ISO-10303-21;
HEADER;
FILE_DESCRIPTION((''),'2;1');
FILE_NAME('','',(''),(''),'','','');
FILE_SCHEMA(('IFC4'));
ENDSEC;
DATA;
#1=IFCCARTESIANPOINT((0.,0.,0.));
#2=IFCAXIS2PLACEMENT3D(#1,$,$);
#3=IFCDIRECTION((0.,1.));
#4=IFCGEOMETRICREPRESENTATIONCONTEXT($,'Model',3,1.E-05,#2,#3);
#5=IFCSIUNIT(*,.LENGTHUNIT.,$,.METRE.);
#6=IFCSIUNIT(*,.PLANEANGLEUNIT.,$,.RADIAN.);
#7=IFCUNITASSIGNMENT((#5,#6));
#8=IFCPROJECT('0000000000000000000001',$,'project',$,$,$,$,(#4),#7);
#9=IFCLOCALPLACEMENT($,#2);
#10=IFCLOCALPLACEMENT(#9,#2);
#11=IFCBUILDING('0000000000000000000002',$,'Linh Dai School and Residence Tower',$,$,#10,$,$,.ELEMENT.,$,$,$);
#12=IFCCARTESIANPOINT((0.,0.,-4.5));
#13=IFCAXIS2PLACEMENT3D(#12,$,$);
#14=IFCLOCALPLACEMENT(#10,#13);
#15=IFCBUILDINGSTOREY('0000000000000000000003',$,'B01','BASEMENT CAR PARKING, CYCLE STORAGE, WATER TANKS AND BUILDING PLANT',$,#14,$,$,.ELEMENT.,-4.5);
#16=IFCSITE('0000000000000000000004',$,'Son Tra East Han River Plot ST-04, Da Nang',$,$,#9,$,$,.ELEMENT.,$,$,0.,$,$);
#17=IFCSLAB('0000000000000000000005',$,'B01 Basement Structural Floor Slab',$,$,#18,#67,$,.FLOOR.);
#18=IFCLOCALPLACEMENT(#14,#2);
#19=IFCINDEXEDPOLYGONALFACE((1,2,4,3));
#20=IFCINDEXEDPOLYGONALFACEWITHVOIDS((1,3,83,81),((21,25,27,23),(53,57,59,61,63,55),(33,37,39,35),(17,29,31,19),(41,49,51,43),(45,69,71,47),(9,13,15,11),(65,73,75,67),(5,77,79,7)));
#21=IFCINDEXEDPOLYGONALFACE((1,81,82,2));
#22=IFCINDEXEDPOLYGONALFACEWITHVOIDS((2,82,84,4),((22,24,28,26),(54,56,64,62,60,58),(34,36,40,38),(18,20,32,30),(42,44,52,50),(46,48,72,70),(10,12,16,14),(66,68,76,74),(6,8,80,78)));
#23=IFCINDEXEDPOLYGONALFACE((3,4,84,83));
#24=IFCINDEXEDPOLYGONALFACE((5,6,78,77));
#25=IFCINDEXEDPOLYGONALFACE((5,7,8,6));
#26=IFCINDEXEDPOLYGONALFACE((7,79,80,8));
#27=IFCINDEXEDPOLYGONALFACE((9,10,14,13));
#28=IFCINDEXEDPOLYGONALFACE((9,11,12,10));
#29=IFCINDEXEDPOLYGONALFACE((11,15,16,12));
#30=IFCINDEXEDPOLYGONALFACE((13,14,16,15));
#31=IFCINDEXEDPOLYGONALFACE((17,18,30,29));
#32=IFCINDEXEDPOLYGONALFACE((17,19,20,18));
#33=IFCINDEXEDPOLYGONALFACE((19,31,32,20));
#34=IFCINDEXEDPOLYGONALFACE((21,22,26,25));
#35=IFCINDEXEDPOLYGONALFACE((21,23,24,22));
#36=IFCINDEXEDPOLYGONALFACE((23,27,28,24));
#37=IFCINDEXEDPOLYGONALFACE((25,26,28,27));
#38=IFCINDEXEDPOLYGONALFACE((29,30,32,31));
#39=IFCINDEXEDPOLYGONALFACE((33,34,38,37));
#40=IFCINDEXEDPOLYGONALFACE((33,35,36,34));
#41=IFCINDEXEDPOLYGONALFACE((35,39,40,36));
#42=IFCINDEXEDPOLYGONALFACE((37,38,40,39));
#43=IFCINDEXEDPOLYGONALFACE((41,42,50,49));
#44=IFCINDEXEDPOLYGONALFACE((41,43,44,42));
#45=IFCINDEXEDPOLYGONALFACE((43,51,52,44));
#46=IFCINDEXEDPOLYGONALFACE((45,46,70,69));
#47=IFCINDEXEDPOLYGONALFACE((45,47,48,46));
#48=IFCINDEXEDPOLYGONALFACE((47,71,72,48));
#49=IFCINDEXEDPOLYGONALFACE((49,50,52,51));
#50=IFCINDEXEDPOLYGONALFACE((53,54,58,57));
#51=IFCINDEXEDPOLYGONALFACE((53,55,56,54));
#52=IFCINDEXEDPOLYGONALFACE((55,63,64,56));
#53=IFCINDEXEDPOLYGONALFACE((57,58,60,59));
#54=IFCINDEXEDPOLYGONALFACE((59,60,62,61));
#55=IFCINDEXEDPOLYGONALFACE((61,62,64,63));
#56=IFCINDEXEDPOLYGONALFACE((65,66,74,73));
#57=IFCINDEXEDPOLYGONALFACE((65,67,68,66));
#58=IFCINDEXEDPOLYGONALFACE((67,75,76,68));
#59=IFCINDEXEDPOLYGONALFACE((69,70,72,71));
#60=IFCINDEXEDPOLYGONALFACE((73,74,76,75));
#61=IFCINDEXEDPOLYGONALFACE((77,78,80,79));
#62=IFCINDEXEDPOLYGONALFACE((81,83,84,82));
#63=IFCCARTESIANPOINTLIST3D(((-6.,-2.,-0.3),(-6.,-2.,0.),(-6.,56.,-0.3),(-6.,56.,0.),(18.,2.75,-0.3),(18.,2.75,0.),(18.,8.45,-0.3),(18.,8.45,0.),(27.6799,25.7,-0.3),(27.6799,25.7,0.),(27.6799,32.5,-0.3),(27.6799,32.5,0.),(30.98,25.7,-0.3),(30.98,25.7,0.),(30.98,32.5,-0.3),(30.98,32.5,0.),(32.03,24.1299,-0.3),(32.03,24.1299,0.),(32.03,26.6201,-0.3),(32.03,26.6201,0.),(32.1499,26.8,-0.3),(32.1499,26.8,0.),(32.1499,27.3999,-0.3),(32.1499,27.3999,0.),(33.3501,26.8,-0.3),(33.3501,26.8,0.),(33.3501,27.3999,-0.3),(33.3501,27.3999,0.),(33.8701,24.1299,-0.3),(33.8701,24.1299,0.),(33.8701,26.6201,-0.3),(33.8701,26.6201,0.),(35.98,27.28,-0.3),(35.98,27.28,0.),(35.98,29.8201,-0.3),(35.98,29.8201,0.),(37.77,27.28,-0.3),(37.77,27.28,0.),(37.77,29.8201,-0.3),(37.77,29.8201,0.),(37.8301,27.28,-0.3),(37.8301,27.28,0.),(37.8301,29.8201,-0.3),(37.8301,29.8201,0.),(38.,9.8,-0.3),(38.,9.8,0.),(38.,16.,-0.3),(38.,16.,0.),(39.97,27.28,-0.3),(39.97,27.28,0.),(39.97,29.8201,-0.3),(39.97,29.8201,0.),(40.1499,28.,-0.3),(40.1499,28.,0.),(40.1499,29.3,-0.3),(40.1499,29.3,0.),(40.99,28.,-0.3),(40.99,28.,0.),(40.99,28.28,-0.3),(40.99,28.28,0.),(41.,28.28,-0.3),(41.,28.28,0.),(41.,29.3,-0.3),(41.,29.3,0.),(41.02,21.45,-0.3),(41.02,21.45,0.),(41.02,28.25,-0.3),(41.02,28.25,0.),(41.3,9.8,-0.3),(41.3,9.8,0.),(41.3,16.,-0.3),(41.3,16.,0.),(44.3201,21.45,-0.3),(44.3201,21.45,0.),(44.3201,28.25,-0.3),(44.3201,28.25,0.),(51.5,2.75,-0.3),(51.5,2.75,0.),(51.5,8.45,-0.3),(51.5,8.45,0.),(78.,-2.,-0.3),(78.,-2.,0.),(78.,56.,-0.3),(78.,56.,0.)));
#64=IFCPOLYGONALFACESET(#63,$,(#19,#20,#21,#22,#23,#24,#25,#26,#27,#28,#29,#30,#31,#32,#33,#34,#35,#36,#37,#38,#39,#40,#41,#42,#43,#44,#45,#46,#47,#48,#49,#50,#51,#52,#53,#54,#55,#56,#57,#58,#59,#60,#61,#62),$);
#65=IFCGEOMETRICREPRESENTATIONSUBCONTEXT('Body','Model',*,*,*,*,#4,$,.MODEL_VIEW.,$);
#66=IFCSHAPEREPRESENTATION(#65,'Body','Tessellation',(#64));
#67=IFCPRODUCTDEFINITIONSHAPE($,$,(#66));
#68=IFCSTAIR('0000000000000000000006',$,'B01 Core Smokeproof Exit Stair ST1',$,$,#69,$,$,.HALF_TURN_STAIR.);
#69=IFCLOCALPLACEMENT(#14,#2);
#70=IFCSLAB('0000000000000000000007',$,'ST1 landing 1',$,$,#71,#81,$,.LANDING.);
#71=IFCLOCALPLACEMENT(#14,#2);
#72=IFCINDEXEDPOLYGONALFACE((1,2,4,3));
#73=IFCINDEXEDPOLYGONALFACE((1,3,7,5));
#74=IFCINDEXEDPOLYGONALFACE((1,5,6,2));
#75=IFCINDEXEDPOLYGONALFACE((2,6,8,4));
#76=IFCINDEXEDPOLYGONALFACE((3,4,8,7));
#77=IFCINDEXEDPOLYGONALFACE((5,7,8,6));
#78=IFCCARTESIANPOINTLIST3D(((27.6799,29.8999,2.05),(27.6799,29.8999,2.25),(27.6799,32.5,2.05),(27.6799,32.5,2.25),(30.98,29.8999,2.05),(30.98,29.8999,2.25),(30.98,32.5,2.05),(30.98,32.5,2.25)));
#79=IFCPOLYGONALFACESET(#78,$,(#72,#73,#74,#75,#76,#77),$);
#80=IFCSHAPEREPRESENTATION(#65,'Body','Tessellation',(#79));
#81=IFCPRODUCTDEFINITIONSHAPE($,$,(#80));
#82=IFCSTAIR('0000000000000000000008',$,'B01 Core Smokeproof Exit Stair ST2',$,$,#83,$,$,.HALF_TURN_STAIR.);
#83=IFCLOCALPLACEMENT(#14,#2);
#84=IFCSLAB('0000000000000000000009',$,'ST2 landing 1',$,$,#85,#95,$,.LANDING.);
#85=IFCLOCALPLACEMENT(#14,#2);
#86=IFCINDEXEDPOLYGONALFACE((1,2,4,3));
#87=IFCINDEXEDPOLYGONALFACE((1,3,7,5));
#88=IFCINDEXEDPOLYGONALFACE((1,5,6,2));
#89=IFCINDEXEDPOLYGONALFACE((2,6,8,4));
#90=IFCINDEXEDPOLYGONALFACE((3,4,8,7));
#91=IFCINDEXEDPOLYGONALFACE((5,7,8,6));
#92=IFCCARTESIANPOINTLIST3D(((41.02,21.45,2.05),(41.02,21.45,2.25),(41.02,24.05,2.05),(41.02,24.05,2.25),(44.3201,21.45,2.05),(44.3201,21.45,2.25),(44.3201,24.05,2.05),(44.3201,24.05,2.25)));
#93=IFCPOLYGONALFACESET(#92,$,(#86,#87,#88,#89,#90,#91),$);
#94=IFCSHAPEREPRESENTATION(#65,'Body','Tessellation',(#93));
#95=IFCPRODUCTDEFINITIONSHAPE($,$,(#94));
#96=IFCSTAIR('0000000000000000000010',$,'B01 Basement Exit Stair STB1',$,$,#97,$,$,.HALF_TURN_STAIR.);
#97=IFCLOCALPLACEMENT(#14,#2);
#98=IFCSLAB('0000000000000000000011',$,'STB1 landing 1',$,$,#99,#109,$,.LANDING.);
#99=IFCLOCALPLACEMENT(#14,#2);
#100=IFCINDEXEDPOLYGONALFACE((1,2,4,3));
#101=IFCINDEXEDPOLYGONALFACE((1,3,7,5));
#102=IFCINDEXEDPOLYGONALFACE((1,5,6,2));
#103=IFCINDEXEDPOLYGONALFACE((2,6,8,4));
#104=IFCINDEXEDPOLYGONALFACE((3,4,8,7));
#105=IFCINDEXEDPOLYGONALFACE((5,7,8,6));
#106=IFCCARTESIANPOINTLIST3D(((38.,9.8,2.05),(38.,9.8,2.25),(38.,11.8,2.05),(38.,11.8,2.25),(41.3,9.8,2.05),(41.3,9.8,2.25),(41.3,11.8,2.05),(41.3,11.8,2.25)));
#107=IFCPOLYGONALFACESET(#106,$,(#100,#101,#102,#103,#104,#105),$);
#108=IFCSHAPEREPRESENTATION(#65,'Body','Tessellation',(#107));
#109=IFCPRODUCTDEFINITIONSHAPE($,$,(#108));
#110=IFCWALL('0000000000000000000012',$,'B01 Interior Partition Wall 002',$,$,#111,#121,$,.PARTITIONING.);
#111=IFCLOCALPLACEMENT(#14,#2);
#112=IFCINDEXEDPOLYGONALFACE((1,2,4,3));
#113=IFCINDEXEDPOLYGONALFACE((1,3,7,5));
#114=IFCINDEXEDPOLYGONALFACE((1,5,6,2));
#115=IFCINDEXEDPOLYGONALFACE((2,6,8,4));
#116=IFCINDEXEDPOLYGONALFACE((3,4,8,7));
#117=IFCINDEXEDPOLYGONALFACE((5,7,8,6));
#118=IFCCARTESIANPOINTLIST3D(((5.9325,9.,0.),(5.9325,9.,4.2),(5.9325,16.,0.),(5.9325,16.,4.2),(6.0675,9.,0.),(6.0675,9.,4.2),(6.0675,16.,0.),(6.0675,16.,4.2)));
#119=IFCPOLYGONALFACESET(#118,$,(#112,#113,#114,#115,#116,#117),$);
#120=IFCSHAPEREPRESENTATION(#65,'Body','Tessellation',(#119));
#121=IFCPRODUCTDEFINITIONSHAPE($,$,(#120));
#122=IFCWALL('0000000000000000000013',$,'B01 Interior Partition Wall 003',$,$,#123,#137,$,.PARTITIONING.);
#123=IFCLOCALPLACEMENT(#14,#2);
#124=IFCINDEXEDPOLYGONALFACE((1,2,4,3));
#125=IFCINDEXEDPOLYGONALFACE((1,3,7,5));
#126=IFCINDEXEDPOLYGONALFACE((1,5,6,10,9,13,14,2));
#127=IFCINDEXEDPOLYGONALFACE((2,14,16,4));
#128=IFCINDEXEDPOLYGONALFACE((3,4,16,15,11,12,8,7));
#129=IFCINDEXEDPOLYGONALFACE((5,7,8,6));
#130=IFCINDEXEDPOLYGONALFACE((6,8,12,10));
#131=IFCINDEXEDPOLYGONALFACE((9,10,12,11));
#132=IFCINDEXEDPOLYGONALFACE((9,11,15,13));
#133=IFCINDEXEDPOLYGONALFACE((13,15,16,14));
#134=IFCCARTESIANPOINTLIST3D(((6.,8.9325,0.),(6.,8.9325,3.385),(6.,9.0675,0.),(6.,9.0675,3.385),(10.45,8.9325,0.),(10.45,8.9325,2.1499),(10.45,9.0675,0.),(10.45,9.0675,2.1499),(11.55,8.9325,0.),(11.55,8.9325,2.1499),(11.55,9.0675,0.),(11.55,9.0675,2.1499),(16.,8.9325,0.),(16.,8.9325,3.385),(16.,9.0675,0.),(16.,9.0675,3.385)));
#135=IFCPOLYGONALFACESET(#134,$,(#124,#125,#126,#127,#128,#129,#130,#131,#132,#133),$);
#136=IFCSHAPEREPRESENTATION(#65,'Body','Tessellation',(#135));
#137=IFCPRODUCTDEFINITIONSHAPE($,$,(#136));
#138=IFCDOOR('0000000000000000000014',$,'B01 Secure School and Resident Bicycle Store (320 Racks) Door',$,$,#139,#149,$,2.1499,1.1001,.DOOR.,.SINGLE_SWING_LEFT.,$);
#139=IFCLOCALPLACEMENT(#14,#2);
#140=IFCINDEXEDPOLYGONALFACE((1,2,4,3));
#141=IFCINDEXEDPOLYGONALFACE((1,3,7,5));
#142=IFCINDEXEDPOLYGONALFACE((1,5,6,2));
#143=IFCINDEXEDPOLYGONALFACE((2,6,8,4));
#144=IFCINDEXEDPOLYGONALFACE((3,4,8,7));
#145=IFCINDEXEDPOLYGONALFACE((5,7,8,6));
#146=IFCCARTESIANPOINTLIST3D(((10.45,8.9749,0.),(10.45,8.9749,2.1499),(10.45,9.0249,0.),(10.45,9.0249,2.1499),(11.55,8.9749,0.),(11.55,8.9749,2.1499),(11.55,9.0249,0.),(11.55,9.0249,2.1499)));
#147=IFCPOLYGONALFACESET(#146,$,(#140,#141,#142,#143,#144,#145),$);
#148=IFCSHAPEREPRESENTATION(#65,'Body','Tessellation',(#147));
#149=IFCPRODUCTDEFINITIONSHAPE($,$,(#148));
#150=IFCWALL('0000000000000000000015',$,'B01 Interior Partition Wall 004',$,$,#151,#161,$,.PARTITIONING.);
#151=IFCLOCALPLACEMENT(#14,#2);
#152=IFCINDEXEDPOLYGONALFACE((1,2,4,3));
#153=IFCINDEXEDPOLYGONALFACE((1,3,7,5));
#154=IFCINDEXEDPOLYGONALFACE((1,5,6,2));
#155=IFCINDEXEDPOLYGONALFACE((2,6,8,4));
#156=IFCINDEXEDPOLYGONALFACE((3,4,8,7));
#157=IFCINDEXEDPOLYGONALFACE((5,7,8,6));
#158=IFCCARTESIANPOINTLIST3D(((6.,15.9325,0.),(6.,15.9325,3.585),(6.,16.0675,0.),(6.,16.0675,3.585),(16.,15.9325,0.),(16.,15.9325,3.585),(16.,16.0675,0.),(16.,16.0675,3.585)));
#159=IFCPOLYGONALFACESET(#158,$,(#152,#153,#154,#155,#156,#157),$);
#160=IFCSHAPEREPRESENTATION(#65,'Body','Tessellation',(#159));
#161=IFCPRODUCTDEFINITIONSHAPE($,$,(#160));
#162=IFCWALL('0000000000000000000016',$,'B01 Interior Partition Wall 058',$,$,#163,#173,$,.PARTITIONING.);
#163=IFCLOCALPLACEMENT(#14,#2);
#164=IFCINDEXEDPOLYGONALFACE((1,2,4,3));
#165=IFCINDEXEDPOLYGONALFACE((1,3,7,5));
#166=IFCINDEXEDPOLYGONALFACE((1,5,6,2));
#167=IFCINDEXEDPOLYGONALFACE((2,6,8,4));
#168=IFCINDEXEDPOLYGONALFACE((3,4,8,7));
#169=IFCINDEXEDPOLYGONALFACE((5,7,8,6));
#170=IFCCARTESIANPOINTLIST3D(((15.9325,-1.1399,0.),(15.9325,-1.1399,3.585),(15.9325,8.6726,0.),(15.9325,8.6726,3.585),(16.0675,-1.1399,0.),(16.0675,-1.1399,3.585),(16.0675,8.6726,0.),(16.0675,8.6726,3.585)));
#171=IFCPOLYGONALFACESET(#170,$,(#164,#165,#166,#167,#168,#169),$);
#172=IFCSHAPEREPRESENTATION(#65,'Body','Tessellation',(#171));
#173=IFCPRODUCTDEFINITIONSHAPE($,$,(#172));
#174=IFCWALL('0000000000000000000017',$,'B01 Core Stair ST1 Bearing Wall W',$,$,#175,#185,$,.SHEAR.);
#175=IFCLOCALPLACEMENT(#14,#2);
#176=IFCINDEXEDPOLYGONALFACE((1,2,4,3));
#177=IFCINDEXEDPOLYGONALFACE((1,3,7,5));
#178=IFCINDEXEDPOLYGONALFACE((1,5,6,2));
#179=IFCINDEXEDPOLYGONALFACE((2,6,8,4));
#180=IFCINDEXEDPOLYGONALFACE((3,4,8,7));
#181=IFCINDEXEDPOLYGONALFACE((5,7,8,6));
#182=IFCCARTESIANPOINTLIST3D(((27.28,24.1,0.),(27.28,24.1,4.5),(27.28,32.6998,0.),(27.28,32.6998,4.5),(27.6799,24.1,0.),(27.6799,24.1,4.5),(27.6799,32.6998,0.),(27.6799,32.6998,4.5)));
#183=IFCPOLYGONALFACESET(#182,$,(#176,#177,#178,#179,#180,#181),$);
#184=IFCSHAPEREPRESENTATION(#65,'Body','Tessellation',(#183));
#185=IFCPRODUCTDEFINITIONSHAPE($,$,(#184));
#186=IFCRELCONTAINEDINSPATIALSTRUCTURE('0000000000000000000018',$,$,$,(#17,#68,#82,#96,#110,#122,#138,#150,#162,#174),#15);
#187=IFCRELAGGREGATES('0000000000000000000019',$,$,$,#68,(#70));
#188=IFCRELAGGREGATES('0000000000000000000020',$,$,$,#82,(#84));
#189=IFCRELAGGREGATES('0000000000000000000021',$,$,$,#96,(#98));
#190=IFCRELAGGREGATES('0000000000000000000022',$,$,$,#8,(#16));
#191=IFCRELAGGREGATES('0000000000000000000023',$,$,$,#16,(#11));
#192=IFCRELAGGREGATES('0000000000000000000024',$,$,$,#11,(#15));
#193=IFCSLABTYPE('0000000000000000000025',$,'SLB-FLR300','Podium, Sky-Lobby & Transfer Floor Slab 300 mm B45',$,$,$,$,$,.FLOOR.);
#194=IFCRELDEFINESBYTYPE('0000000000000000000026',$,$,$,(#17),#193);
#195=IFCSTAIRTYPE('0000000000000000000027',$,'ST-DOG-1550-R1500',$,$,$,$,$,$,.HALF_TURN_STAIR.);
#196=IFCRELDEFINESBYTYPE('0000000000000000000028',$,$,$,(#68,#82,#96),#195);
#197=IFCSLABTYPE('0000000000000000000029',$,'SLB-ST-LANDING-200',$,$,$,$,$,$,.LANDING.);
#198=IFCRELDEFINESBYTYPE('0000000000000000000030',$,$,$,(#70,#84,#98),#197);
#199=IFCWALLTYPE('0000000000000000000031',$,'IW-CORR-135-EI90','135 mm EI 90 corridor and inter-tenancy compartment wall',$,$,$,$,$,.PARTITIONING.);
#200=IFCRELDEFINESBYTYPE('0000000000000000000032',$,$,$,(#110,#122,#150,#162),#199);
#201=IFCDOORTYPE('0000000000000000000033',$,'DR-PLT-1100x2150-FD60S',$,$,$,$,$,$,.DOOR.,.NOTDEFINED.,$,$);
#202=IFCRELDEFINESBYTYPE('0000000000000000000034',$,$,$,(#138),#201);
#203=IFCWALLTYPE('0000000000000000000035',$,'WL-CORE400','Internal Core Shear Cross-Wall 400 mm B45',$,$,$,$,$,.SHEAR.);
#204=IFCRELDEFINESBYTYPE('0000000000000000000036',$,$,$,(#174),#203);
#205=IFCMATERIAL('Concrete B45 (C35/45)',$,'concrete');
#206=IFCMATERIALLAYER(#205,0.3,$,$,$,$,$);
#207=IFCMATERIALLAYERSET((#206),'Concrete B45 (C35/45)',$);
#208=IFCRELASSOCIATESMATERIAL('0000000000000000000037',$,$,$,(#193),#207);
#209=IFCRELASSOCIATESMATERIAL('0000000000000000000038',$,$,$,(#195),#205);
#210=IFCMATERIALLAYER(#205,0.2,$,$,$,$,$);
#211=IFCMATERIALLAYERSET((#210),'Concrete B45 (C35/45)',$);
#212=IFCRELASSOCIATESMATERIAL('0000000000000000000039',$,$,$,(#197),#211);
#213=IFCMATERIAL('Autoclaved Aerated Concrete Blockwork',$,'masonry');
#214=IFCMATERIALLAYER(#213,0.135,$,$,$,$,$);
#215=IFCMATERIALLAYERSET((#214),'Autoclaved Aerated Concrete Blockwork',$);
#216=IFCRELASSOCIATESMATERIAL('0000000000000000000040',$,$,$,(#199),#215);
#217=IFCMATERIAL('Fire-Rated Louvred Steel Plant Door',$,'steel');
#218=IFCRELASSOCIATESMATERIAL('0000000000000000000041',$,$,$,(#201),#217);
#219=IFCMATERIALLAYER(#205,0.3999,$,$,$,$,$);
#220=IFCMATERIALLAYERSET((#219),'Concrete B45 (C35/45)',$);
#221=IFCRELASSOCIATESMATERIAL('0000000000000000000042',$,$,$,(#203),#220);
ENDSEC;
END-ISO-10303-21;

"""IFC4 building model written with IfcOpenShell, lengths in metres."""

from ifc_helpers import new_model, si_unit, direction, frame, frame_2d, origin, origin_2d, place, context, subcontext, project, spatial, polyline, rectangle, outline, extrude, source, transform, mapped, material, layer, layer_set, type_object, element, fill, aggregate, save


model = new_model("IFC4")

# Units and contexts
model_context = context("Model", 3, precision=1e-05, world=origin(), true_north=direction((0.0, 1.0)))
body_context = subcontext(model_context, "Body", "Model", "MODEL_VIEW")
ifc_project = project(units=[si_unit("LENGTHUNIT", "METRE"), si_unit("PLANEANGLEUNIT", "RADIAN")], contexts=[model_context])

# Site, building, storey
site_placement = place(None, origin())
site = spatial("IfcSite", under=ifc_project, at=site_placement, Name="Son Tra East Han River Plot ST-04, Da Nang", CompositionType="ELEMENT", RefElevation=0.0)
building_placement = place(site_placement, origin())
building = spatial("IfcBuilding", under=site, at=building_placement, Name="Linh Dai School and Residence Tower", CompositionType="ELEMENT")
storey_placement = place(building_placement, frame((0.0, 0.0, -4.5)))
storey = spatial("IfcBuildingStorey", under=building, at=storey_placement, Name="B01", Description="BASEMENT CAR PARKING, CYCLE STORAGE, WATER TANKS AND BUILDING PLANT", CompositionType="ELEMENT", Elevation=-4.5)

# Slab
ifc_material_1 = material(Name="Concrete B45 (C35/45)", Category="concrete")
ifc_layer_1 = layer(ifc_material_1, 0.3)
ifc_layer_set_1 = layer_set([ifc_layer_1], Name="Concrete B45 (C35/45)")
slab_type_1 = type_object("IfcSlabType", Name="SLB-FLR300", Description="Podium, Sky-Lobby & Transfer Floor Slab 300 mm B45", PredefinedType="FLOOR", material=ifc_layer_set_1)
slab_1_placement = place(storey_placement, frame((0.0, 0.0, -0.3)))
element("IfcSlab", 1, at=slab_1_placement, inside=storey, type_object=slab_type_1, Name="B01 Basement Structural Floor Slab", PredefinedType="FLOOR", context=body_context, shape_type="SweptSolid", body=[
    extrude(outline(polyline([(-6.0, -2.0), (78.0, -2.0), (78.0, 56.0), (-6.0, 56.0), (-6.0, -2.0)]), holes=[polyline([(30.98, 25.7), (30.98, 32.5), (27.6799, 32.5), (27.6799, 25.7), (30.98, 25.7)]), polyline([(41.02, 28.25), (41.02, 21.45), (44.3201, 21.45), (44.3201, 28.25), (41.02, 28.25)]), polyline([(38.0, 16.0), (38.0, 9.8), (41.3, 9.8), (41.3, 16.0), (38.0, 16.0)]), polyline([(35.98, 27.28), (37.77, 27.28), (37.77, 29.8201), (35.98, 29.8201), (35.98, 27.28)]), polyline([(32.03, 24.1299), (33.8701, 24.1299), (33.8701, 26.6201), (32.03, 26.6201), (32.03, 24.1299)]), polyline([(37.8301, 27.28), (39.97, 27.28), (39.97, 29.8201), (37.8301, 29.8201), (37.8301, 27.28)]), polyline([(40.1499, 28.0), (40.1499, 29.3), (41.0, 29.3), (41.0, 28.28), (40.99, 28.28), (40.99, 28.0), (40.1499, 28.0)]), polyline([(32.1499, 26.8), (33.3501, 26.8), (33.3501, 27.3999), (32.1499, 27.3999), (32.1499, 26.8)]), polyline([(18.0, 2.75), (51.5, 2.75), (51.5, 8.45), (18.0, 8.45), (18.0, 2.75)])]), origin(), (0.0, 0.0, 1.0), 0.3),
])

# Stairs, slabs
stair_type = type_object("IfcStairType", Name="ST-DOG-1550-R1500", PredefinedType="HALF_TURN_STAIR", material=ifc_material_1)
stair_1_placement = place(storey_placement, origin())
stair_1 = element("IfcStair", 2, at=stair_1_placement, inside=storey, type_object=stair_type, Name="B01 Core Smokeproof Exit Stair ST1", PredefinedType="HALF_TURN_STAIR")
ifc_layer_2 = layer(ifc_material_1, 0.2)
ifc_layer_set_2 = layer_set([ifc_layer_2], Name="Concrete B45 (C35/45)")
slab_type_2 = type_object("IfcSlabType", Name="SLB-ST-LANDING-200", PredefinedType="LANDING", material=ifc_layer_set_2)
slab_2_placement = place(storey_placement, frame((0.0, 0.0, 2.05)))
slab_2 = element("IfcSlab", 3, at=slab_2_placement, type_object=slab_type_2, Name="ST1 landing 1", PredefinedType="LANDING", context=body_context, shape_type="SweptSolid", body=[
    extrude(outline(polyline([(30.98, 29.8999), (30.98, 32.5), (27.6799, 32.5), (27.6799, 29.8999), (30.98, 29.8999)])), origin(), (0.0, 0.0, 1.0), 0.2),
])
aggregate(stair_1, [slab_2])
stair_2_placement = place(storey_placement, origin())
stair_2 = element("IfcStair", 4, at=stair_2_placement, inside=storey, type_object=stair_type, Name="B01 Core Smokeproof Exit Stair ST2", PredefinedType="HALF_TURN_STAIR")
slab_3_placement = place(storey_placement, frame((0.0, 0.0, 2.05)))
slab_3 = element("IfcSlab", 5, at=slab_3_placement, type_object=slab_type_2, Name="ST2 landing 1", PredefinedType="LANDING", context=body_context, shape_type="SweptSolid", body=[
    extrude(outline(polyline([(41.02, 24.05), (41.02, 21.45), (44.3201, 21.45), (44.3201, 24.05), (41.02, 24.05)])), origin(), (0.0, 0.0, 1.0), 0.2),
])
aggregate(stair_2, [slab_3])
stair_3_placement = place(storey_placement, origin())
stair_3 = element("IfcStair", 6, at=stair_3_placement, inside=storey, type_object=stair_type, Name="B01 Basement Exit Stair STB1", PredefinedType="HALF_TURN_STAIR")
slab_4_placement = place(storey_placement, frame((0.0, 0.0, 2.05)))
slab_4 = element("IfcSlab", 7, at=slab_4_placement, type_object=slab_type_2, Name="STB1 landing 1", PredefinedType="LANDING", context=body_context, shape_type="SweptSolid", body=[
    extrude(outline(polyline([(38.0, 11.8), (38.0, 9.8), (41.3, 9.8), (41.3, 11.8), (38.0, 11.8)])), origin(), (0.0, 0.0, 1.0), 0.2),
])
aggregate(stair_3, [slab_4])

# Wall
ifc_material_2 = material(Name="Autoclaved Aerated Concrete Blockwork", Category="masonry")
ifc_layer_3 = layer(ifc_material_2, 0.135)
ifc_layer_set_3 = layer_set([ifc_layer_3], Name="Autoclaved Aerated Concrete Blockwork")
wall_type_1 = type_object("IfcWallType", Name="IW-CORR-135-EI90", Description="135 mm EI 90 corridor and inter-tenancy compartment wall", PredefinedType="PARTITIONING", material=ifc_layer_set_3)
wall_1_placement = place(storey_placement, frame((6.0, 9.0, 0.0), z_axis=(0.0, 0.0, 1.0), x_axis=(0.0, 1.0, 0.0)))
element("IfcWall", 8, at=wall_1_placement, inside=storey, type_object=wall_type_1, Name="B01 Interior Partition Wall 002", PredefinedType="PARTITIONING", context=body_context, shape_type="SweptSolid", body=[
    extrude(rectangle(XDim=7.0, YDim=0.135, at=frame_2d((3.5, 0.0))), origin(), (0.0, 0.0, 1.0), 4.2),
])

# Wall, opening, door
wall_2_placement = place(storey_placement, frame((6.0, 9.0, 0.0), z_axis=(0.0, 0.0, 1.0), x_axis=(1.0, 0.0, 0.0)))
wall_2 = element("IfcWall", 9, at=wall_2_placement, inside=storey, type_object=wall_type_1, Name="B01 Interior Partition Wall 003", PredefinedType="PARTITIONING", context=body_context, shape_type="SweptSolid", body=[
    extrude(rectangle(XDim=10.0, YDim=0.135, at=frame_2d((5.0, 0.0))), origin(), (0.0, 0.0, 1.0), 3.385),
])
opening_1_placement = place(wall_2_placement, frame((4.45, 0.0, 0.0)))
opening_1 = element("IfcOpeningElement", 10, at=opening_1_placement, cuts=wall_2, PredefinedType="OPENING", context=body_context, shape_type="SweptSolid", body=[
    extrude(rectangle(XDim=1.1001, YDim=2.1499, at=origin_2d()), frame((0.55, 0.0776, 1.075), z_axis=(0.0, -1.0, 0.0), x_axis=(1.0, 0.0, 0.0)), (0.0, 0.0, 1.0), 0.155),
])
ifc_material_3 = material(Name="Fire-Rated Louvred Steel Plant Door", Category="steel")
door_type_1 = type_object("IfcDoorType", Name="DR-PLT-1100x2150-FD60S", OperationType="NOTDEFINED", PredefinedType="DOOR", material=ifc_material_3)
shared_shape_1 = source(origin(), body_context, "Body", "SweptSolid", [
    extrude(rectangle(XDim=1.1001, YDim=2.1499, at=origin_2d()), frame((0.55, 0.0249, 1.075), z_axis=(0.0, -1.0, 0.0), x_axis=(1.0, 0.0, 0.0)), (0.0, 0.0, 1.0), 0.05),
])
door_1_placement = place(opening_1_placement, origin())
door_1 = element("IfcDoor", 11, at=door_1_placement, inside=storey, type_object=door_type_1, Name="B01 Secure School and Resident Bicycle Store (320 Racks) Door", OperationType="SINGLE_SWING_LEFT", OverallHeight=2.1499, OverallWidth=1.1001, PredefinedType="DOOR", context=body_context, shape_type="MappedRepresentation", body=[
    mapped(shared_shape_1, transform((0.0, 0.0, 0.0), x_axis=(1.0, 0.0, 0.0), y_axis=(0.0, 1.0, 0.0), z_axis=(0.0, 0.0, 1.0), scale=1.0)),
])
fill(opening_1, door_1)

# Walls
wall_3_placement = place(storey_placement, frame((6.0, 16.0, 0.0), z_axis=(0.0, 0.0, 1.0), x_axis=(1.0, 0.0, 0.0)))
element("IfcWall", 12, at=wall_3_placement, inside=storey, type_object=wall_type_1, Name="B01 Interior Partition Wall 004", PredefinedType="PARTITIONING", context=body_context, shape_type="SweptSolid", body=[
    extrude(rectangle(XDim=10.0, YDim=0.135, at=frame_2d((5.0, 0.0))), origin(), (0.0, 0.0, 1.0), 3.585),
])
wall_4_placement = place(storey_placement, frame((16.0, 8.6726, 0.0), z_axis=(0.0, 0.0, 1.0), x_axis=(0.0, -1.0, 0.0)))
element("IfcWall", 13, at=wall_4_placement, inside=storey, type_object=wall_type_1, Name="B01 Interior Partition Wall 058", PredefinedType="PARTITIONING", context=body_context, shape_type="SweptSolid", body=[
    extrude(rectangle(XDim=9.8125, YDim=0.135, at=frame_2d((4.9062, 0.0))), origin(), (0.0, 0.0, 1.0), 3.585),
])

# Wall
ifc_layer_4 = layer(ifc_material_1, 0.3999)
ifc_layer_set_4 = layer_set([ifc_layer_4], Name="Concrete B45 (C35/45)")
wall_type_2 = type_object("IfcWallType", Name="WL-CORE400", Description="Internal Core Shear Cross-Wall 400 mm B45", PredefinedType="SHEAR", material=ifc_layer_set_4)
wall_5_placement = place(storey_placement, frame((27.48, 24.1001, 0.0), z_axis=(0.0, 0.0, 1.0), x_axis=(0.0, 1.0, 0.0)))
element("IfcWall", 14, at=wall_5_placement, inside=storey, type_object=wall_type_2, Name="B01 Core Stair ST1 Bearing Wall W", PredefinedType="SHEAR", context=body_context, shape_type="SweptSolid", body=[
    extrude(rectangle(XDim=8.5999, YDim=0.3999, at=frame_2d((4.2998, 0.0))), origin(), (0.0, 0.0, 1.0), 4.5),
])

save(model, "model.ifc")
